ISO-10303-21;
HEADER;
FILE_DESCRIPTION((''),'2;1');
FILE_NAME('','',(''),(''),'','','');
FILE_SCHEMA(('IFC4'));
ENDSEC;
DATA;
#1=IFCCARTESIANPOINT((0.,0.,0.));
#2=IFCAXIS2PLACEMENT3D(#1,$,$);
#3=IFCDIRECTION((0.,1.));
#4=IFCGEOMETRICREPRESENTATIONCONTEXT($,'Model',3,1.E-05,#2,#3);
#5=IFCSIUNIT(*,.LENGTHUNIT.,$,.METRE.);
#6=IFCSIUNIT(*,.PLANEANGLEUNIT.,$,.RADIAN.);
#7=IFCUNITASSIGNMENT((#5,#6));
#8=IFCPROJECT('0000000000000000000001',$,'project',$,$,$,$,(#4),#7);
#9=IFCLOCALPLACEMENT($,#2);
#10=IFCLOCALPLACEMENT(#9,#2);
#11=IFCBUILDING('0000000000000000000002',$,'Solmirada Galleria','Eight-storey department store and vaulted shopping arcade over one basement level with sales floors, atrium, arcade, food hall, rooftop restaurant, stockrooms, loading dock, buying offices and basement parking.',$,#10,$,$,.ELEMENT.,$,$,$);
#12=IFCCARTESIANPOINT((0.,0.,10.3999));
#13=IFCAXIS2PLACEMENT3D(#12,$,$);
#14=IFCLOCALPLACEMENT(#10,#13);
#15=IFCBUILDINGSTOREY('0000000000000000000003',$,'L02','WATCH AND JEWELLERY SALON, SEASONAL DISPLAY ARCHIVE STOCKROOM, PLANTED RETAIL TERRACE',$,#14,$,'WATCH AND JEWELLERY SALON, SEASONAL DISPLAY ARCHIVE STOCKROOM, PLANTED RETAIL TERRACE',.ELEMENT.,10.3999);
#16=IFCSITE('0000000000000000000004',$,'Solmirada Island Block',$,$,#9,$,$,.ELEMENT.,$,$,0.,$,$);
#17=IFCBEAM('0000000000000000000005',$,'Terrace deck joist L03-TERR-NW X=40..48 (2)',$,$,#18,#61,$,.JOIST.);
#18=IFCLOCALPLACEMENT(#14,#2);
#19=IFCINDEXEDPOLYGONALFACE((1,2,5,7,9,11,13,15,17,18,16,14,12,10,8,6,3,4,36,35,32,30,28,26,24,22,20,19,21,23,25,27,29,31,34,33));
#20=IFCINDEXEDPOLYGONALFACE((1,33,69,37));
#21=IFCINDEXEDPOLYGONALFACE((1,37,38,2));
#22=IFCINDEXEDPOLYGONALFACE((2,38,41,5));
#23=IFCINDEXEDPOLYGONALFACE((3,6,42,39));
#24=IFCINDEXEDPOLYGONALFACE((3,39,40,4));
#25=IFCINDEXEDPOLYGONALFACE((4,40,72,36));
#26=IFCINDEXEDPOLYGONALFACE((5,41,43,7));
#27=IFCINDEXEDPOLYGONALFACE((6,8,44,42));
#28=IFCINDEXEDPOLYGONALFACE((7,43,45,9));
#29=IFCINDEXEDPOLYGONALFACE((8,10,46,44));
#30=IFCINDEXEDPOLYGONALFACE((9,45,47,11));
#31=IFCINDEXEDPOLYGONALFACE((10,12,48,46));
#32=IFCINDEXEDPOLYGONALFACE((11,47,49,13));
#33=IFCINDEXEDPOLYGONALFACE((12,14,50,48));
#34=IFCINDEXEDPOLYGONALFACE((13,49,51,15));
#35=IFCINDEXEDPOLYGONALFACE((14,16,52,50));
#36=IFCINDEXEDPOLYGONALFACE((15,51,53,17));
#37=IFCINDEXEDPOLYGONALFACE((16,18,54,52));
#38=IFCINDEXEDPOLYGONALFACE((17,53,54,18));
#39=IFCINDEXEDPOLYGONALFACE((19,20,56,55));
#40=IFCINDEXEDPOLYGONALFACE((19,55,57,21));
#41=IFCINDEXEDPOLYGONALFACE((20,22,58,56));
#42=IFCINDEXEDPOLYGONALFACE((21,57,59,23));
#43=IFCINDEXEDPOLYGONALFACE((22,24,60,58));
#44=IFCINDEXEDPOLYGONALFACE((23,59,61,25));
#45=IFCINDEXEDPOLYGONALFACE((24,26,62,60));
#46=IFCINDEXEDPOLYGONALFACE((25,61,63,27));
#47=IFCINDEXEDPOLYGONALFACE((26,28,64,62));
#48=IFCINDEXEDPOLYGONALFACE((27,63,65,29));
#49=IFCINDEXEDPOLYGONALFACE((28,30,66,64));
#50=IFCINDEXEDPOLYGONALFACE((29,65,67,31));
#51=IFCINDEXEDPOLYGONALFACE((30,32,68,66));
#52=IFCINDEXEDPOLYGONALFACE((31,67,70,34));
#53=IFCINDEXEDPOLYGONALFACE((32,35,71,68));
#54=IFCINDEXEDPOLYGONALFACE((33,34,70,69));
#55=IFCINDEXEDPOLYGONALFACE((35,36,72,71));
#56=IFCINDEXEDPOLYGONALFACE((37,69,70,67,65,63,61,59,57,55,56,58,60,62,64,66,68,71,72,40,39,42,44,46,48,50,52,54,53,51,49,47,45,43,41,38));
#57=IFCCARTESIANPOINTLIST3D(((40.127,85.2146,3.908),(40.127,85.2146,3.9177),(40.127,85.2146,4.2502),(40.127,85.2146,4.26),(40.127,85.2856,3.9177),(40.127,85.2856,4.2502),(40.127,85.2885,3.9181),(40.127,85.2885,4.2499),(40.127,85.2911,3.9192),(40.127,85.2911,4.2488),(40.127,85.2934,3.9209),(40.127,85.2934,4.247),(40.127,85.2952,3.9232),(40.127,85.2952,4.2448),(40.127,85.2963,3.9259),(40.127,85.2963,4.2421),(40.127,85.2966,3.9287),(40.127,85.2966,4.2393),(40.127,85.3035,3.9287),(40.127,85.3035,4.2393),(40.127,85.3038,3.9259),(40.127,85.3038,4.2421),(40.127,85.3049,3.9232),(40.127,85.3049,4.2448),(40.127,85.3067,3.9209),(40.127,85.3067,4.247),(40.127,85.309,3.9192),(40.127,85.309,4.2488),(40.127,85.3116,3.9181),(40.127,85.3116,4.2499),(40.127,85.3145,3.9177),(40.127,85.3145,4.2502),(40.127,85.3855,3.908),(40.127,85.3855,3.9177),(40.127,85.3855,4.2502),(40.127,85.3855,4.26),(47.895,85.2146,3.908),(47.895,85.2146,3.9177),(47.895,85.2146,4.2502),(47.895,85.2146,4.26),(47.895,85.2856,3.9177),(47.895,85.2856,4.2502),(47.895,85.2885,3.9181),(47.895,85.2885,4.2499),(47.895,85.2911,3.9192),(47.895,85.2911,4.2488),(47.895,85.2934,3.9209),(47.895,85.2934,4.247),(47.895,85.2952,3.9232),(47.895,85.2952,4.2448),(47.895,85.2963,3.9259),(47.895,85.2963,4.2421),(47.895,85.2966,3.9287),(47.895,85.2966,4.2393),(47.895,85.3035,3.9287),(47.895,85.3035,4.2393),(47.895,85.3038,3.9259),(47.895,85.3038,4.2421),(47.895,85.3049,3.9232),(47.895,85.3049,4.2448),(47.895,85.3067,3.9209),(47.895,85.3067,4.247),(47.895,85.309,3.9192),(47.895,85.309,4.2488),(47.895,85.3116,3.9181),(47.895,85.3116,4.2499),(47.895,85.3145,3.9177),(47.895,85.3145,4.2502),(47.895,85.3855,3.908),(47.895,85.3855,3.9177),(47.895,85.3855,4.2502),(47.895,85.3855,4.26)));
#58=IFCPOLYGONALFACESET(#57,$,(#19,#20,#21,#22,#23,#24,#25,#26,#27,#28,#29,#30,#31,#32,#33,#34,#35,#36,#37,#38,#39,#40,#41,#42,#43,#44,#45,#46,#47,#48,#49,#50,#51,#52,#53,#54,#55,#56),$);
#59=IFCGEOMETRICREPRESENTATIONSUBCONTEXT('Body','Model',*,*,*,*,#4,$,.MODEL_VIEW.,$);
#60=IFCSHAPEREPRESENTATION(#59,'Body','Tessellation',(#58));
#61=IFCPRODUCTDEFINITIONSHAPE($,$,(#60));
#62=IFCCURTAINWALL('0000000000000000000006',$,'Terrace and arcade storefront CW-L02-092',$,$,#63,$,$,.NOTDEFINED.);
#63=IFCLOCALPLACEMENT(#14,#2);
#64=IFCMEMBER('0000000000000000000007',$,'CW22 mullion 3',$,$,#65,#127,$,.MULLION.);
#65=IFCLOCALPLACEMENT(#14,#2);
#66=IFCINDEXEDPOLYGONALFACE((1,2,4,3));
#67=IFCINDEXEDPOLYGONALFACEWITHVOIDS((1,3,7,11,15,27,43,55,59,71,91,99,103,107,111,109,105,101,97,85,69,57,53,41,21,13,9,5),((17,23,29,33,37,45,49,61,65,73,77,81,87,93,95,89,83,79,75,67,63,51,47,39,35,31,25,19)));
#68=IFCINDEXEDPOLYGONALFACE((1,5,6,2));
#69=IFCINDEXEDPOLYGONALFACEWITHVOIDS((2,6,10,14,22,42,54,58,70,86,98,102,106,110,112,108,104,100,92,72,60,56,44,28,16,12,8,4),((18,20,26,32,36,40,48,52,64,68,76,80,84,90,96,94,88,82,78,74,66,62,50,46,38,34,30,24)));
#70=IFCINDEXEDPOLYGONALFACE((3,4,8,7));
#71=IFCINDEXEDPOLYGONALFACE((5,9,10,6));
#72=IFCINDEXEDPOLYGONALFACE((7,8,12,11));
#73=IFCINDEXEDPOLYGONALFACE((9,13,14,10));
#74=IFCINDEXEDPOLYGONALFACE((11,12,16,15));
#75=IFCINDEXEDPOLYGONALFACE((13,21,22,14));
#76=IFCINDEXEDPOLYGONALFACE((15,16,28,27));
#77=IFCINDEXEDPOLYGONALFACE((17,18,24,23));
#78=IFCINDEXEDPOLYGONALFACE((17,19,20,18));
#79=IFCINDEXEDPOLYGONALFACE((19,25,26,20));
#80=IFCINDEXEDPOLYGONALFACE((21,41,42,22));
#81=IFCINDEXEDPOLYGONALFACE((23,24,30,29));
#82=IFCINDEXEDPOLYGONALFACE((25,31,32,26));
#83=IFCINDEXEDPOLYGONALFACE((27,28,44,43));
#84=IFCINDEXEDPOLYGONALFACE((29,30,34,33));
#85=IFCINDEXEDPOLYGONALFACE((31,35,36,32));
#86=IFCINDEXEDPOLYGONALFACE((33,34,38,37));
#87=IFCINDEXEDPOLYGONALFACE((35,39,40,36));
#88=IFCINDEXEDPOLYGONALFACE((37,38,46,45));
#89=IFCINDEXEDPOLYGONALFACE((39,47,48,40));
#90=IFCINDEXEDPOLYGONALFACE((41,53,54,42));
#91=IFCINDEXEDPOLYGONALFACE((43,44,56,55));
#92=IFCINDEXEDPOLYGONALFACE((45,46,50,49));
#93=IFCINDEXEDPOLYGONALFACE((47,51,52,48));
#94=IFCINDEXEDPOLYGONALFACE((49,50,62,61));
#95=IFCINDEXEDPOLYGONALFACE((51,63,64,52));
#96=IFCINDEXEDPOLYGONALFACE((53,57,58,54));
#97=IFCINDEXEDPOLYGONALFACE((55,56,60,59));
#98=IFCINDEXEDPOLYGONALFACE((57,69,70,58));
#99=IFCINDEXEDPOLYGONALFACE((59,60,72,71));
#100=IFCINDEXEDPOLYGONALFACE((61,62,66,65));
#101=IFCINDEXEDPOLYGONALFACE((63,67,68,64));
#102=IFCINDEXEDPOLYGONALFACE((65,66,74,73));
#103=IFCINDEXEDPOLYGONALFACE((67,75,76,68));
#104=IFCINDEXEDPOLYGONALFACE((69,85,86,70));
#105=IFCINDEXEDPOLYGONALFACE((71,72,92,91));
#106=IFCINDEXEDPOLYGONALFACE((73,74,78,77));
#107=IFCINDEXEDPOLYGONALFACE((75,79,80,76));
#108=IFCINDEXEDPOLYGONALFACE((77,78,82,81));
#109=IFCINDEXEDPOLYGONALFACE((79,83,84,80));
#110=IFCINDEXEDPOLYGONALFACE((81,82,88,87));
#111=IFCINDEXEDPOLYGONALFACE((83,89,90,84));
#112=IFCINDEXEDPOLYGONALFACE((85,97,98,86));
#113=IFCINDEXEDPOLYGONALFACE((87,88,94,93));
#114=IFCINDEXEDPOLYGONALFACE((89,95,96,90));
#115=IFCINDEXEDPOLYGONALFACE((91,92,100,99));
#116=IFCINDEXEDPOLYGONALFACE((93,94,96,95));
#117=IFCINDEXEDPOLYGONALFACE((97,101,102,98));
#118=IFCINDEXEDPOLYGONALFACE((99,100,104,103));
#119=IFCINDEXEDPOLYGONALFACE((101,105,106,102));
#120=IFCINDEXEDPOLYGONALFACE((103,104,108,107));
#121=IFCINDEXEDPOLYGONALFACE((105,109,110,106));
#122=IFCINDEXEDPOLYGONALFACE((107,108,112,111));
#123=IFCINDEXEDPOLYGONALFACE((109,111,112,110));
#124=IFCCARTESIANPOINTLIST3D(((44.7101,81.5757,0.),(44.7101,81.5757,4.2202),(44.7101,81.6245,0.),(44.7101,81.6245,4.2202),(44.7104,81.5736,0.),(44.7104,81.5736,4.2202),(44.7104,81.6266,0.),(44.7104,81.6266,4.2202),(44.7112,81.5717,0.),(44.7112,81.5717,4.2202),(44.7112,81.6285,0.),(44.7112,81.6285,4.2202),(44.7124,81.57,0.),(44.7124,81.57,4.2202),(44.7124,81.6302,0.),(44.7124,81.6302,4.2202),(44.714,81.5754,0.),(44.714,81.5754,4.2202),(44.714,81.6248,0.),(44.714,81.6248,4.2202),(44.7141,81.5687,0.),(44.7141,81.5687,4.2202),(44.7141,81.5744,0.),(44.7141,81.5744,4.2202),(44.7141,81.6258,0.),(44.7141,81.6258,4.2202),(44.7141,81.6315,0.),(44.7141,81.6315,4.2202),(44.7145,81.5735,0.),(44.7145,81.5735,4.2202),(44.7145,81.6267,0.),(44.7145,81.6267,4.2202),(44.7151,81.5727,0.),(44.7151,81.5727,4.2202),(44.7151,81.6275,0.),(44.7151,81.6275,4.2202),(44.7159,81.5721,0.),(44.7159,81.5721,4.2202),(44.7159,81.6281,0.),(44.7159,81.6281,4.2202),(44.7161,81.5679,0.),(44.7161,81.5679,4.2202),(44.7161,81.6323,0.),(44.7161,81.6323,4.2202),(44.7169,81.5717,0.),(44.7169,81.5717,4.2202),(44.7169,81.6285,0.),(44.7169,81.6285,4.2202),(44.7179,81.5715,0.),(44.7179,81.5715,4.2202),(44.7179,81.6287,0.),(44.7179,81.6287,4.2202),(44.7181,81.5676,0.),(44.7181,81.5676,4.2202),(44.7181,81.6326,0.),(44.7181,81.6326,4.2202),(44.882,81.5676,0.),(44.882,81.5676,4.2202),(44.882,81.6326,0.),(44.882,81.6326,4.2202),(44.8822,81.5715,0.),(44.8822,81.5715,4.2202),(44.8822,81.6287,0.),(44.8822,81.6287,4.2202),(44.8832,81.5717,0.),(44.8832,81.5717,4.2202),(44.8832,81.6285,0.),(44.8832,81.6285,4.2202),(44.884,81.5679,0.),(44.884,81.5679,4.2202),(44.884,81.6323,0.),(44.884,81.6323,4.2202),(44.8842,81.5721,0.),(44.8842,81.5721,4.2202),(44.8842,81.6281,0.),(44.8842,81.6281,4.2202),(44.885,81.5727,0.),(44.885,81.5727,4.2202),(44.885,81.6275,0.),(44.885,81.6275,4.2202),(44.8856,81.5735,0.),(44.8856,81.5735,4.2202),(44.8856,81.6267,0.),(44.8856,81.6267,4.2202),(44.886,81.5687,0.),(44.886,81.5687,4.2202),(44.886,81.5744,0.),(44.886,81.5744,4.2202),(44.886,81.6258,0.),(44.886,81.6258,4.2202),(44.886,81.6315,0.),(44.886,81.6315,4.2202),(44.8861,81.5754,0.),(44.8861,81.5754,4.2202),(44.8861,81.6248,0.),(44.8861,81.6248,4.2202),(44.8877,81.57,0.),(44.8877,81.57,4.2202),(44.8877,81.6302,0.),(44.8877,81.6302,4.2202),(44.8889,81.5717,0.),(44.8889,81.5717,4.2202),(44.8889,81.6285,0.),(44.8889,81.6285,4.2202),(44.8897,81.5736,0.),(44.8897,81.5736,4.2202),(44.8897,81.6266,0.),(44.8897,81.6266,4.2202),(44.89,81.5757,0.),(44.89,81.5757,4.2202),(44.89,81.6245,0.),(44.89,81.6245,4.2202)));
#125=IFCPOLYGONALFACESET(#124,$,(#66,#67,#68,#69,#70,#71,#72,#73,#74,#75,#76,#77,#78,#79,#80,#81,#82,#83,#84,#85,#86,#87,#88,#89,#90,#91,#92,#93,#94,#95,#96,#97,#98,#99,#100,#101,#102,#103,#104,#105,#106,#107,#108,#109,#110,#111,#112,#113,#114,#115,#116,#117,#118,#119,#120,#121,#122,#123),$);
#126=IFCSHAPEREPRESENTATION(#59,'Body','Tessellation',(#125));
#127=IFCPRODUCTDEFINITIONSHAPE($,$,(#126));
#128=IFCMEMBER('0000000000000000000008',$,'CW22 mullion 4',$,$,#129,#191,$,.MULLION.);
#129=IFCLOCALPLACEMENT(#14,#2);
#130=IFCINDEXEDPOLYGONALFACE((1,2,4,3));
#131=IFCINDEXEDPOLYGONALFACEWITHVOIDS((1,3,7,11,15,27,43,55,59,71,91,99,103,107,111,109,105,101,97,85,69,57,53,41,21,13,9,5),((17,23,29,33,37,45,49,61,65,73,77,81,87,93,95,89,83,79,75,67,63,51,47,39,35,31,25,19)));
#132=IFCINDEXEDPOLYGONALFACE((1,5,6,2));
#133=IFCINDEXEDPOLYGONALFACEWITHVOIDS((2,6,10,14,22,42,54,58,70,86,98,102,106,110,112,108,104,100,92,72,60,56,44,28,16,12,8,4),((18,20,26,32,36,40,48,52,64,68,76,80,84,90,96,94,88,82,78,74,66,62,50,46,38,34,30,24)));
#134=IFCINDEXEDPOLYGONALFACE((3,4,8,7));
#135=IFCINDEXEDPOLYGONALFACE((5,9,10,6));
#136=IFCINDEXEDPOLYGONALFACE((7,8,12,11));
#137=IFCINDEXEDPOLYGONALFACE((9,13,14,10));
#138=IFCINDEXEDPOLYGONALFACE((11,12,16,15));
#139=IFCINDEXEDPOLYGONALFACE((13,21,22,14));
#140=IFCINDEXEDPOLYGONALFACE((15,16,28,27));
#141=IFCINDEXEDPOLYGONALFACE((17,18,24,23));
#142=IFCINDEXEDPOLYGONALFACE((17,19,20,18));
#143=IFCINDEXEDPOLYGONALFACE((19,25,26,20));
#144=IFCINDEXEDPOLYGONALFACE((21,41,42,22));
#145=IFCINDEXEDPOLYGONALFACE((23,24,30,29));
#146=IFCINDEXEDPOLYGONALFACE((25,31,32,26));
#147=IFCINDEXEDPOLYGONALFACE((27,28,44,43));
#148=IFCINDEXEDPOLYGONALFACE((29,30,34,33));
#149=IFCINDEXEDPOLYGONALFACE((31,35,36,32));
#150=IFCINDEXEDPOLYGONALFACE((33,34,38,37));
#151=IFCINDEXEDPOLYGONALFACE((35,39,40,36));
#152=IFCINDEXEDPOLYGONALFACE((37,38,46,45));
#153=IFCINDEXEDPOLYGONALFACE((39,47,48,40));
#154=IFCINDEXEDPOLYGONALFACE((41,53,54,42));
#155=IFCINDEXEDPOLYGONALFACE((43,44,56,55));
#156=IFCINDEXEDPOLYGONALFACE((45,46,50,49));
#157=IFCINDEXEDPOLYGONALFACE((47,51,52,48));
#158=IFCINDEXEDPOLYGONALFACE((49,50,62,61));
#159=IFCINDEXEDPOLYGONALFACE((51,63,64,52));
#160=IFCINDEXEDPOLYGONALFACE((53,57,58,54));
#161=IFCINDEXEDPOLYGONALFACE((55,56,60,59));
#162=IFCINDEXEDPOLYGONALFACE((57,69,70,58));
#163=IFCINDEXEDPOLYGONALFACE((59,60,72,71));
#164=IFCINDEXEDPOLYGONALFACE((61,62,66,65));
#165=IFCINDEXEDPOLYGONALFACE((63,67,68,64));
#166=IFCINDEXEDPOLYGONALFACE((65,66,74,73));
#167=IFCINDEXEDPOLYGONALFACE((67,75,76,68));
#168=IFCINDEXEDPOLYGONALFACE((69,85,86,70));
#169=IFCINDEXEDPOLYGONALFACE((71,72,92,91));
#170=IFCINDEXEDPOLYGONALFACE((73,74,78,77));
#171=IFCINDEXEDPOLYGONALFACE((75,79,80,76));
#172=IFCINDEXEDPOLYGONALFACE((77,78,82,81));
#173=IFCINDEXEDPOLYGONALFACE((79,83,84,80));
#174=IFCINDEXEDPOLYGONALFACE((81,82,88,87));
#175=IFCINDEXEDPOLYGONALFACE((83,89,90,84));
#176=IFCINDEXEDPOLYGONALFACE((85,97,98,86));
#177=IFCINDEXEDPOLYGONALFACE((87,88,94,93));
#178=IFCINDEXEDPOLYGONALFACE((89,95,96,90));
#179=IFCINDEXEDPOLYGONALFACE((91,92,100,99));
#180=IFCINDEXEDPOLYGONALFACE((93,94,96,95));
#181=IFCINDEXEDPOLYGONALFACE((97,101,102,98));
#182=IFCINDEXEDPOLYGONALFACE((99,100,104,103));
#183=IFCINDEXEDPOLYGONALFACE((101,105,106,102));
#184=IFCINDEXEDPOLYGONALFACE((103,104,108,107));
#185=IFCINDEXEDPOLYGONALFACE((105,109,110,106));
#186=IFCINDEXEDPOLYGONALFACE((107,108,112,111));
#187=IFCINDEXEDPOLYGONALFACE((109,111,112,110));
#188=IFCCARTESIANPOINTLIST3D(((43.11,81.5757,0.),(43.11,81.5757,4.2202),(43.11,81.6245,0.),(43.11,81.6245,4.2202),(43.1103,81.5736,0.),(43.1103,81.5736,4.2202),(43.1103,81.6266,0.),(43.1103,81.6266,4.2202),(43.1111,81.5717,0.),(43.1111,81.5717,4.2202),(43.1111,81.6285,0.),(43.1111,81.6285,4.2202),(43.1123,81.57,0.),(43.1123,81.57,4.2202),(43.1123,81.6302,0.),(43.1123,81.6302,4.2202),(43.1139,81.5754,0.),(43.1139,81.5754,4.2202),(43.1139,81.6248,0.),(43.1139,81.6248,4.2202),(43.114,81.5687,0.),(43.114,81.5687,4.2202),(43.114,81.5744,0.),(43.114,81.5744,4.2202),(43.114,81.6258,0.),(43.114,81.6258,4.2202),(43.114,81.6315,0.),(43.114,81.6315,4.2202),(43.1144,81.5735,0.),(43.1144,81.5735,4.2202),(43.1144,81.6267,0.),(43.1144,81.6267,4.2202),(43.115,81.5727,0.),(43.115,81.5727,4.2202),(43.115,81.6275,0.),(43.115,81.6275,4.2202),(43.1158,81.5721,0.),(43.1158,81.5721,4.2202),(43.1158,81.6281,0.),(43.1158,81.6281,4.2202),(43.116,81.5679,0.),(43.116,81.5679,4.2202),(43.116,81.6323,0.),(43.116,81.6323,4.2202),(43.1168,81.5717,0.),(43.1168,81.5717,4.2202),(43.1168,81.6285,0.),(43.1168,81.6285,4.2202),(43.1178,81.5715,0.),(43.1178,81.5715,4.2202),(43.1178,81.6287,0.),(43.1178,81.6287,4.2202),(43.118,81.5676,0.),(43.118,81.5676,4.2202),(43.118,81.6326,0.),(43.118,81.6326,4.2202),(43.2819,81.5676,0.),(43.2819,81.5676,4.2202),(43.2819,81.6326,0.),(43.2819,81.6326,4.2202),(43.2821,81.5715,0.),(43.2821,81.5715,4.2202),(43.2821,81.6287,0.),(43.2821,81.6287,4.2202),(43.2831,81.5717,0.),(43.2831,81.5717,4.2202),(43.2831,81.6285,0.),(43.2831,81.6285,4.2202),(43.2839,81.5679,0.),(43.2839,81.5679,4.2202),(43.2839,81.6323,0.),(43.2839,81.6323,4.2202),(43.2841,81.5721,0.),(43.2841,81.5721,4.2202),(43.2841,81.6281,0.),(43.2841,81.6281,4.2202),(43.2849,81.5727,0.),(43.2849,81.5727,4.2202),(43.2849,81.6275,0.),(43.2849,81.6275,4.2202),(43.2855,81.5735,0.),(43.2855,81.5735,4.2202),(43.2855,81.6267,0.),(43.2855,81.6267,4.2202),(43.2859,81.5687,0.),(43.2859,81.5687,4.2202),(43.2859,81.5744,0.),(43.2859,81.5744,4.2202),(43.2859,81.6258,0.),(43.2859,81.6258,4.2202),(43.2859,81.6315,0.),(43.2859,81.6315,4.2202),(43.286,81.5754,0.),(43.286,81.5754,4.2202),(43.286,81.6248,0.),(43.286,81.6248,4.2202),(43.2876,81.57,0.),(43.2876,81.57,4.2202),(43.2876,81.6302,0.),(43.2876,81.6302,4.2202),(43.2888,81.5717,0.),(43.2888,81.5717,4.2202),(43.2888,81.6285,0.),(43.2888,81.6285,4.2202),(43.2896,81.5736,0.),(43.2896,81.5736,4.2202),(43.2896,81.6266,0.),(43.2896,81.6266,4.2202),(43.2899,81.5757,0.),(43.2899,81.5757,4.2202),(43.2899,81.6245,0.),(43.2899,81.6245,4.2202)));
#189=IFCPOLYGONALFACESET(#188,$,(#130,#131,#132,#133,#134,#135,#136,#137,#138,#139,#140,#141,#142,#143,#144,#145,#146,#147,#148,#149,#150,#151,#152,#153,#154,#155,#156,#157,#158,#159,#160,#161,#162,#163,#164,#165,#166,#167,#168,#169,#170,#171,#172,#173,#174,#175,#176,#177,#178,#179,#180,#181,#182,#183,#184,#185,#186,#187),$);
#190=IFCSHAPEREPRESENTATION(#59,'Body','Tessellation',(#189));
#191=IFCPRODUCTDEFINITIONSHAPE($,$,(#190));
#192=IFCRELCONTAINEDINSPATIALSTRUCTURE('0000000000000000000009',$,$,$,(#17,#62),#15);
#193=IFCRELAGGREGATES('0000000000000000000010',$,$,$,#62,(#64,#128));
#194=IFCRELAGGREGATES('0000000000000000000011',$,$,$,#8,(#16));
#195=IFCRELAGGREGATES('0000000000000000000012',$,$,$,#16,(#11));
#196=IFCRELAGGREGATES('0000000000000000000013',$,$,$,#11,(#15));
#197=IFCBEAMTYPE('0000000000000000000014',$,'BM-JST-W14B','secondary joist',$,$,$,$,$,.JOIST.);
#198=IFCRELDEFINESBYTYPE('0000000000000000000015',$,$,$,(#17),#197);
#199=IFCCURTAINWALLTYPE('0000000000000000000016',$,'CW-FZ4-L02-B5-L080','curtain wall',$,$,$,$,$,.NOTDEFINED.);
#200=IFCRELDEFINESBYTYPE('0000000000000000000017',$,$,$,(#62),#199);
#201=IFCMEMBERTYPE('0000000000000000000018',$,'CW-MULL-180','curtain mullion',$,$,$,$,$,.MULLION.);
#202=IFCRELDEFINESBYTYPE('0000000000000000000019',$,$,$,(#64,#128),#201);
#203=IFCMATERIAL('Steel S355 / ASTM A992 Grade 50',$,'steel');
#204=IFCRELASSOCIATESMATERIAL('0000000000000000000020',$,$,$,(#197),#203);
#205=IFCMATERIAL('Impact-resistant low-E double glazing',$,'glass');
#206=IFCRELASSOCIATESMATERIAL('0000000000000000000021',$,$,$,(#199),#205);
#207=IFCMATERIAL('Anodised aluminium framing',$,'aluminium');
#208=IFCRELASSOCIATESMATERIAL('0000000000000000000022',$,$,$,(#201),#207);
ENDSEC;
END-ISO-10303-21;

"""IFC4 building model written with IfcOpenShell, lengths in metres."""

from ifc_helpers import new_model, si_unit, direction, frame, origin, origin_2d, place, context, subcontext, project, spatial, hollow_rectangle, i_section, extrude, material, material_profile, profile_set, type_object, element, aggregate, save


model = new_model("IFC4")

# Units and contexts
model_context = context("Model", 3, precision=1e-05, world=origin(), true_north=direction((0.0, 1.0)))
body_context = subcontext(model_context, "Body", "Model", "MODEL_VIEW")
ifc_project = project(units=[si_unit("LENGTHUNIT", "METRE"), si_unit("PLANEANGLEUNIT", "RADIAN")], contexts=[model_context])

# Site, building, storey
site_placement = place(None, origin())
site = spatial("IfcSite", under=ifc_project, at=site_placement, Name="Solmirada Island Block", CompositionType="ELEMENT", RefElevation=0.0)
building_placement = place(site_placement, origin())
building = spatial("IfcBuilding", under=site, at=building_placement, Name="Solmirada Galleria", Description="Eight-storey department store and vaulted shopping arcade over one basement level with sales floors, atrium, arcade, food hall, rooftop restaurant, stockrooms, loading dock, buying offices and basement parking.", CompositionType="ELEMENT")
storey_placement = place(building_placement, frame((0.0, 0.0, 10.3999)))
storey = spatial("IfcBuildingStorey", under=building, at=storey_placement, Name="L02", Description="WATCH AND JEWELLERY SALON, SEASONAL DISPLAY ARCHIVE STOCKROOM, PLANTED RETAIL TERRACE", LongName="WATCH AND JEWELLERY SALON, SEASONAL DISPLAY ARCHIVE STOCKROOM, PLANTED RETAIL TERRACE", CompositionType="ELEMENT", Elevation=10.3999)

# Beam
ifc_material_1 = material(Name="Steel S355 / ASTM A992 Grade 50", Category="steel")
ifc_material_profile_1 = material_profile(ifc_material_1, i_section(OverallWidth=0.1709, OverallDepth=0.3521, WebThickness=0.0068, FlangeThickness=0.0098, FilletRadius=0.011, at=origin_2d()), Name="W14X30")
ifc_profile_set_1 = profile_set([ifc_material_profile_1], Name="Steel S355 / ASTM A992 Grade 50")
beam_type_1 = type_object("IfcBeamType", Name="BM-JST-W14B", Description="secondary joist", PredefinedType="JOIST", material=ifc_profile_set_1)
for number, where, z_axis, x_axis, name in (
    (1, (40.127, 85.3, 4.084), (1.0, 0.0, 0.0), (0.0, 1.0, 0.0), "Terrace deck joist L03-TERR-NW X=40..48 (2)"),
):
    element("IfcBeam", number, at=place(storey_placement, frame(where, z_axis=z_axis, x_axis=x_axis)), inside=storey, type_object=beam_type_1, Name=name, PredefinedType="JOIST", context=body_context, shape_type="SweptSolid", body=[
        extrude(i_section(OverallWidth=0.1709, OverallDepth=0.3521, WebThickness=0.0068, FlangeThickness=0.0098, FilletRadius=0.011, at=origin_2d()), origin(), (0.0, 0.0, 1.0), 7.7681),
    ])

# Curtain wall, members
ifc_material_2 = material(Name="Impact-resistant low-E double glazing", Category="glass")
curtain_wall_type = type_object("IfcCurtainWallType", Name="CW-FZ4-L02-B5-L080", Description="curtain wall", PredefinedType="NOTDEFINED", material=ifc_material_2)
curtain_wall_placement = place(storey_placement, origin())
curtain_wall = element("IfcCurtainWall", 2, at=curtain_wall_placement, inside=storey, type_object=curtain_wall_type, Name="Terrace and arcade storefront CW-L02-092", PredefinedType="NOTDEFINED")
ifc_material_3 = material(Name="Anodised aluminium framing", Category="aluminium")
ifc_material_profile_2 = material_profile(ifc_material_3, hollow_rectangle(XDim=0.0649, YDim=0.1799, WallThickness=0.0039, InnerFilletRadius=0.0039, OuterFilletRadius=0.0081, at=origin_2d()), Name="ALU-MULL-180X65")
ifc_profile_set_2 = profile_set([ifc_material_profile_2], Name="Anodised aluminium framing")
member_type_1 = type_object("IfcMemberType", Name="CW-MULL-180", Description="curtain mullion", PredefinedType="MULLION", material=ifc_profile_set_2)
member_1_placement = place(storey_placement, frame((44.8, 81.6001, 0.0), z_axis=(0.0, 0.0, 1.0), x_axis=(0.0, -1.0, 0.0)))
member_1 = element("IfcMember", 3, at=member_1_placement, type_object=member_type_1, Name="CW22 mullion 3", PredefinedType="MULLION", context=body_context, shape_type="SweptSolid", body=[
    extrude(hollow_rectangle(XDim=0.0649, YDim=0.1799, WallThickness=0.0039, InnerFilletRadius=0.0039, OuterFilletRadius=0.0081, at=origin_2d()), origin(), (0.0, 0.0, 1.0), 4.2202),
])
member_2_placement = place(storey_placement, frame((43.2, 81.6001, 0.0), z_axis=(0.0, 0.0, 1.0), x_axis=(0.0, -1.0, 0.0)))
member_2 = element("IfcMember", 4, at=member_2_placement, type_object=member_type_1, Name="CW22 mullion 4", PredefinedType="MULLION", context=body_context, shape_type="SweptSolid", body=[
    extrude(hollow_rectangle(XDim=0.0649, YDim=0.1799, WallThickness=0.0039, InnerFilletRadius=0.0039, OuterFilletRadius=0.0081, at=origin_2d()), origin(), (0.0, 0.0, 1.0), 4.2202),
])
aggregate(curtain_wall, [member_1, member_2])

save(model, "model.ifc")
